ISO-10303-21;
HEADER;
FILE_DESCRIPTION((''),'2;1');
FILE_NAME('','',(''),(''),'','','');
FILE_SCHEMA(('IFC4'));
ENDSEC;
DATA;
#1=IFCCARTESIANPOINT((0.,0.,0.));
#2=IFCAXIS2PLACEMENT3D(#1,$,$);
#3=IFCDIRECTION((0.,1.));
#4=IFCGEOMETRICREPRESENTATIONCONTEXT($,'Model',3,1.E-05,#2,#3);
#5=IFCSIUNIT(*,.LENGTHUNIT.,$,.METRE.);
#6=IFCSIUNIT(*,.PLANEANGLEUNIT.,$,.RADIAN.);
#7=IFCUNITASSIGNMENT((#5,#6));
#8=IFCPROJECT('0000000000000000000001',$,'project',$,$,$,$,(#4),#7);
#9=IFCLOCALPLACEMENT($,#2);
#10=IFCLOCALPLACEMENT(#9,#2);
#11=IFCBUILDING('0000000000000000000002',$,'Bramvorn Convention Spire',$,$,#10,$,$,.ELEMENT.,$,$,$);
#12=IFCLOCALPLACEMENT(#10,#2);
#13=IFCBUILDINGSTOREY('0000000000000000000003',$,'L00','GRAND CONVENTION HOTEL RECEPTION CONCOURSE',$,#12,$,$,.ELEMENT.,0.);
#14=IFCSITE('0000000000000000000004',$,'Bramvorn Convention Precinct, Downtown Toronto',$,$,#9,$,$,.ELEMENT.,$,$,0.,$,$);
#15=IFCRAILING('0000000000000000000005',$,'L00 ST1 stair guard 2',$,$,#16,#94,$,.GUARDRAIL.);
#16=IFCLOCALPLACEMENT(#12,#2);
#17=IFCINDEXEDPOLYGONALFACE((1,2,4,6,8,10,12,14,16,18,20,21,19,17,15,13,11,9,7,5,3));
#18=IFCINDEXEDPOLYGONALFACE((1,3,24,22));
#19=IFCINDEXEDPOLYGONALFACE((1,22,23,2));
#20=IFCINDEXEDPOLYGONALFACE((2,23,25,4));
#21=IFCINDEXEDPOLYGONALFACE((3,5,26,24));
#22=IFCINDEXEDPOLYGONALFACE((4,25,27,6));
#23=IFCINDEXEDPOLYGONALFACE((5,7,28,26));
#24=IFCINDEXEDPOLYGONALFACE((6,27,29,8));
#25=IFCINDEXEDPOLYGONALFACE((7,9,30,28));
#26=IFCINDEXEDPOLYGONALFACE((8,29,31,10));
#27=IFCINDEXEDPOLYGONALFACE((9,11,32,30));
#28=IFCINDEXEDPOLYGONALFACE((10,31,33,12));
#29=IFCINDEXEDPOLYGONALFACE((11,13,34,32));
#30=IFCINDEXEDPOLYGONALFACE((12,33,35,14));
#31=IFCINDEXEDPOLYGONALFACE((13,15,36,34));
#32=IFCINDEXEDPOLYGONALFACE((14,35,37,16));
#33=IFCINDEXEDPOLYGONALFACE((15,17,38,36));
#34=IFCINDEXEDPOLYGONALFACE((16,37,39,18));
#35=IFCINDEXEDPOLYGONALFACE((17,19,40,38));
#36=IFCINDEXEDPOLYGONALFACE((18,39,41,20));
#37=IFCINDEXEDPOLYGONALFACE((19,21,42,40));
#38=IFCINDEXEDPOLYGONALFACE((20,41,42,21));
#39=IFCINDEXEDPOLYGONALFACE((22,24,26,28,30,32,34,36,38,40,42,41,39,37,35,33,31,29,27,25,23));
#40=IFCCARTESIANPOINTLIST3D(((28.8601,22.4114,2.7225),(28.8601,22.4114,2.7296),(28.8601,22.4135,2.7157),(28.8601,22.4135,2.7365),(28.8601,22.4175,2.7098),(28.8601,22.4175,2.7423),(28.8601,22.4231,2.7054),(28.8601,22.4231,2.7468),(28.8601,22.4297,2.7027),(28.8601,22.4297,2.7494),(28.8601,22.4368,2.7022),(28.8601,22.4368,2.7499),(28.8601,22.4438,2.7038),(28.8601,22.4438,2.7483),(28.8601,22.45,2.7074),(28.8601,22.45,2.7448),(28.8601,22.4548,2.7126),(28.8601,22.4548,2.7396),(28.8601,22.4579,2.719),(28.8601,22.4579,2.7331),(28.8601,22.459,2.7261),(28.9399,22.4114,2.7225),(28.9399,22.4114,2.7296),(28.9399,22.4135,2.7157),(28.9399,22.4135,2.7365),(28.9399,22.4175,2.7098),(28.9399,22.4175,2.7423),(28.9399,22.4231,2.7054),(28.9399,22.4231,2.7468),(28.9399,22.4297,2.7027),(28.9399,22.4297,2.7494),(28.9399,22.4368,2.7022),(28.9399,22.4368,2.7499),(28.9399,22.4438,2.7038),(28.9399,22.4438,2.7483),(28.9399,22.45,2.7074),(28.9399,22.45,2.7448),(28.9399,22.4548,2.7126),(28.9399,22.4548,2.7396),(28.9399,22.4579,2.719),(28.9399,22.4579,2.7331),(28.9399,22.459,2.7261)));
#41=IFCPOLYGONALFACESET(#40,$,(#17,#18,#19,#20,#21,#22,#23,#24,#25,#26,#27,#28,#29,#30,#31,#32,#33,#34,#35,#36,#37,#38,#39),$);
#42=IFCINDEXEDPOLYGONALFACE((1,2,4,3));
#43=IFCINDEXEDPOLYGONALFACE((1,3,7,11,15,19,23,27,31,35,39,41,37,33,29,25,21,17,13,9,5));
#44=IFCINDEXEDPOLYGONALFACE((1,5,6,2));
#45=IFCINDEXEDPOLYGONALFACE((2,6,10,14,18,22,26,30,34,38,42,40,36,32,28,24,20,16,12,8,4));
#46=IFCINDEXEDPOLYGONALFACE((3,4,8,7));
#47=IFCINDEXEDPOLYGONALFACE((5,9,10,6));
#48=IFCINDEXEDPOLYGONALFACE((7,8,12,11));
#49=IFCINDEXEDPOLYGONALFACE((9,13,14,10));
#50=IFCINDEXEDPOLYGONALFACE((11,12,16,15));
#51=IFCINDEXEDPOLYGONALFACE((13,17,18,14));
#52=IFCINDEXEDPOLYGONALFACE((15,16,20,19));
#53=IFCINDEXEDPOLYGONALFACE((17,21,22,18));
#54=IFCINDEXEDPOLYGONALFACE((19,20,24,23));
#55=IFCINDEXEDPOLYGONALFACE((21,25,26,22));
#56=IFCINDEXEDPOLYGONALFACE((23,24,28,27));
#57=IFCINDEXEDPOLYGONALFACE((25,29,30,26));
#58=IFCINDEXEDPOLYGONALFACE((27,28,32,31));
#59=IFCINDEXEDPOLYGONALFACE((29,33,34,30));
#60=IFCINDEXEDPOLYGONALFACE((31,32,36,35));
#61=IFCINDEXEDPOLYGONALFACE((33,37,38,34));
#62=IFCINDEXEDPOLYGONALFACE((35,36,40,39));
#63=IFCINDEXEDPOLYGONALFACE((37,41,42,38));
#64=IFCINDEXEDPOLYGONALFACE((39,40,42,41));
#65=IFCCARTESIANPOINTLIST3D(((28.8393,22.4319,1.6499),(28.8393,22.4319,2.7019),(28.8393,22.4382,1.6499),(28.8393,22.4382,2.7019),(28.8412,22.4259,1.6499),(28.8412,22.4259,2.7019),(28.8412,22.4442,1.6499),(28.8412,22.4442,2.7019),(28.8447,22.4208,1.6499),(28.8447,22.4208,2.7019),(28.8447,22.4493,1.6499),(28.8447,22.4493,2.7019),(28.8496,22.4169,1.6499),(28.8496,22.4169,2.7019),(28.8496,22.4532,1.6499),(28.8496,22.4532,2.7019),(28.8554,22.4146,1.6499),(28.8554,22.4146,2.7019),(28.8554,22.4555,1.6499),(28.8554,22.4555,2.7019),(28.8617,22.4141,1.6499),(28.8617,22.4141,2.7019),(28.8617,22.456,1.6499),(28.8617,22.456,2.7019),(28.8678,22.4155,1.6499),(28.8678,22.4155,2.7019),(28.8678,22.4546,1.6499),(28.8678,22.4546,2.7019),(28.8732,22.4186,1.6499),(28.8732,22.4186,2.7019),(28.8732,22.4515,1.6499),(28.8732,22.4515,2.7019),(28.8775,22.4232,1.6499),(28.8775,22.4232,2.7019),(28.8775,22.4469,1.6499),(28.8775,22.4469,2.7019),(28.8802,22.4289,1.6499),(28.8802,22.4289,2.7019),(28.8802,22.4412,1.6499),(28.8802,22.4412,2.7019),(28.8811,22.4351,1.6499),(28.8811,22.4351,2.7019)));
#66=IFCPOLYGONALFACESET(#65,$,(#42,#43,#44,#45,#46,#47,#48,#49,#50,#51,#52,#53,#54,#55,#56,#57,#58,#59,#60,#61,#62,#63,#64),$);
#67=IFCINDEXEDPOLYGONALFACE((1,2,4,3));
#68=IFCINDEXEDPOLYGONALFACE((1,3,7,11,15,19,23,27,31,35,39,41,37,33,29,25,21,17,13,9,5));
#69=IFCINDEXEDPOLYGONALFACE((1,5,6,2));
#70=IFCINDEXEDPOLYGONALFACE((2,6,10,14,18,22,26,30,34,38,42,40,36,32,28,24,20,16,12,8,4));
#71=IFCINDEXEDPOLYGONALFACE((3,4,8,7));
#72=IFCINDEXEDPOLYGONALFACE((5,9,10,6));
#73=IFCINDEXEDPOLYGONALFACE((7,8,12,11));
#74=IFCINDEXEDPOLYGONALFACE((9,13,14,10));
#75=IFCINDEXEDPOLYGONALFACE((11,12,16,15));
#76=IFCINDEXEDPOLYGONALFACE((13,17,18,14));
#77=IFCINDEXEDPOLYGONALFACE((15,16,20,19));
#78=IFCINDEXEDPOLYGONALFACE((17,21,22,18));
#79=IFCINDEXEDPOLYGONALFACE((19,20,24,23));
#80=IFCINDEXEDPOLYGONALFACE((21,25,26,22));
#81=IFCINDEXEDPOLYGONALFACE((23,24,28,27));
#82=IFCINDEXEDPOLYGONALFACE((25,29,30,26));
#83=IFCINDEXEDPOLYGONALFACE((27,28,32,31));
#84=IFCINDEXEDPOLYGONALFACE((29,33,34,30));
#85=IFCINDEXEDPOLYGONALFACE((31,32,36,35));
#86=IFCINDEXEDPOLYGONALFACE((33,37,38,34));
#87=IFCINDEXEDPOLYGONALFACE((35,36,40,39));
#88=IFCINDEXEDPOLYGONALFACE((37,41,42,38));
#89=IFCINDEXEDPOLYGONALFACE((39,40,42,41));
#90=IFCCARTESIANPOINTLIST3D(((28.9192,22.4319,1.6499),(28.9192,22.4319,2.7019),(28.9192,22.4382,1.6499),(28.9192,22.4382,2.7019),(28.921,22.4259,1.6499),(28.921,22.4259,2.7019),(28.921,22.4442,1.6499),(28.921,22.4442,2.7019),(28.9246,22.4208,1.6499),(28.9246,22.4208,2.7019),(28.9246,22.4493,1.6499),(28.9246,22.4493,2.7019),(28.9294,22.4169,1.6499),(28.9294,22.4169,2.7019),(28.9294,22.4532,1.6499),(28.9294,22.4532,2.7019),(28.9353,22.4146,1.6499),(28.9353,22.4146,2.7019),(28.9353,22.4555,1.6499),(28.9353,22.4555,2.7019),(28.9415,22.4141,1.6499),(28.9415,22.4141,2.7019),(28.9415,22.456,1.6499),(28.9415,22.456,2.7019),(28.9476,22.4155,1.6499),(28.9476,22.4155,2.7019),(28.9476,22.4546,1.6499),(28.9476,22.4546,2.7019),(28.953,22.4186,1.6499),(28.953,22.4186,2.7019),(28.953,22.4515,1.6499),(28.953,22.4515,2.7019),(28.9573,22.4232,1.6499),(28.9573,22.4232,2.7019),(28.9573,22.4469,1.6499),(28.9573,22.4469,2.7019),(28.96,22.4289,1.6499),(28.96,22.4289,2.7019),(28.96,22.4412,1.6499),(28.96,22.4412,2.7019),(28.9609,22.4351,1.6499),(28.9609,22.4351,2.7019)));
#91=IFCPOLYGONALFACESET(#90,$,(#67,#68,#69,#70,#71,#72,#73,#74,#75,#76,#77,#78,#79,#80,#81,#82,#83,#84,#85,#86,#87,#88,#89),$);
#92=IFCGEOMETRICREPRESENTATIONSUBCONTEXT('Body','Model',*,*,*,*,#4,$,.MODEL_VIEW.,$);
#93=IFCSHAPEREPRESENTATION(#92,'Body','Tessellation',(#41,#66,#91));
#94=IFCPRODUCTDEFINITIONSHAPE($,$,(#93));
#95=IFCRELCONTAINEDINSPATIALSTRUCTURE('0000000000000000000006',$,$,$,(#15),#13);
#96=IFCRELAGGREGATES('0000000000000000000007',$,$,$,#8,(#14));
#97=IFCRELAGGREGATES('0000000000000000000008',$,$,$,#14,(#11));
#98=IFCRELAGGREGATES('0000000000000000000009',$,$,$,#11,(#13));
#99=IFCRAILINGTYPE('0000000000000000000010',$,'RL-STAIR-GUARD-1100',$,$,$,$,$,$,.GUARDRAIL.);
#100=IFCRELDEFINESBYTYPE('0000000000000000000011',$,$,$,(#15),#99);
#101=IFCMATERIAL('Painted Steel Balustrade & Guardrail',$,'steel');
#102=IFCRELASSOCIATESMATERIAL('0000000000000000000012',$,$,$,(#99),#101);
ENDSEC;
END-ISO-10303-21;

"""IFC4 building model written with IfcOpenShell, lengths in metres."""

from ifc_helpers import new_model, si_unit, direction, frame, origin, origin_2d, place, context, subcontext, project, spatial, circle, extrude, material, type_object, element, save


model = new_model("IFC4")

# Units and contexts
model_context = context("Model", 3, precision=1e-05, world=origin(), true_north=direction((0.0, 1.0)))
body_context = subcontext(model_context, "Body", "Model", "MODEL_VIEW")
ifc_project = project(units=[si_unit("LENGTHUNIT", "METRE"), si_unit("PLANEANGLEUNIT", "RADIAN")], contexts=[model_context])

# Site, building, storey
site_placement = place(None, origin())
site = spatial("IfcSite", under=ifc_project, at=site_placement, Name="Bramvorn Convention Precinct, Downtown Toronto", CompositionType="ELEMENT", RefElevation=0.0)
building_placement = place(site_placement, origin())
building = spatial("IfcBuilding", under=site, at=building_placement, Name="Bramvorn Convention Spire", CompositionType="ELEMENT")
storey_placement = place(building_placement, origin())
storey = spatial("IfcBuildingStorey", under=building, at=storey_placement, Name="L00", Description="GRAND CONVENTION HOTEL RECEPTION CONCOURSE", CompositionType="ELEMENT", Elevation=0.0)

# Railing
ifc_material_1 = material(Name="Painted Steel Balustrade & Guardrail", Category="steel")
railing_type_1 = type_object("IfcRailingType", Name="RL-STAIR-GUARD-1100", PredefinedType="GUARDRAIL", material=ifc_material_1)
railing_1_placement = place(storey_placement, frame((28.8601, 22.4351, 1.6499)))
element("IfcRailing", 1, at=railing_1_placement, inside=storey, type_object=railing_type_1, Name="L00 ST1 stair guard 2", PredefinedType="GUARDRAIL", context=body_context, shape_type="SweptSolid", body=[
    extrude(circle(Radius=0.0239, at=origin_2d()), frame((0.0, 0.0, 1.0762), z_axis=(1.0, 0.0, 0.0), x_axis=(0.0, 1.0, 0.0)), (0.0, 0.0, 1.0), 0.0798),
    extrude(circle(Radius=0.021, at=origin_2d()), origin(), (0.0, 0.0, 1.0), 1.052),
    extrude(circle(Radius=0.021, at=origin_2d()), frame((0.0798, 0.0, 0.0)), (0.0, 0.0, 1.0), 1.052),
])

save(model, "model.ifc")
